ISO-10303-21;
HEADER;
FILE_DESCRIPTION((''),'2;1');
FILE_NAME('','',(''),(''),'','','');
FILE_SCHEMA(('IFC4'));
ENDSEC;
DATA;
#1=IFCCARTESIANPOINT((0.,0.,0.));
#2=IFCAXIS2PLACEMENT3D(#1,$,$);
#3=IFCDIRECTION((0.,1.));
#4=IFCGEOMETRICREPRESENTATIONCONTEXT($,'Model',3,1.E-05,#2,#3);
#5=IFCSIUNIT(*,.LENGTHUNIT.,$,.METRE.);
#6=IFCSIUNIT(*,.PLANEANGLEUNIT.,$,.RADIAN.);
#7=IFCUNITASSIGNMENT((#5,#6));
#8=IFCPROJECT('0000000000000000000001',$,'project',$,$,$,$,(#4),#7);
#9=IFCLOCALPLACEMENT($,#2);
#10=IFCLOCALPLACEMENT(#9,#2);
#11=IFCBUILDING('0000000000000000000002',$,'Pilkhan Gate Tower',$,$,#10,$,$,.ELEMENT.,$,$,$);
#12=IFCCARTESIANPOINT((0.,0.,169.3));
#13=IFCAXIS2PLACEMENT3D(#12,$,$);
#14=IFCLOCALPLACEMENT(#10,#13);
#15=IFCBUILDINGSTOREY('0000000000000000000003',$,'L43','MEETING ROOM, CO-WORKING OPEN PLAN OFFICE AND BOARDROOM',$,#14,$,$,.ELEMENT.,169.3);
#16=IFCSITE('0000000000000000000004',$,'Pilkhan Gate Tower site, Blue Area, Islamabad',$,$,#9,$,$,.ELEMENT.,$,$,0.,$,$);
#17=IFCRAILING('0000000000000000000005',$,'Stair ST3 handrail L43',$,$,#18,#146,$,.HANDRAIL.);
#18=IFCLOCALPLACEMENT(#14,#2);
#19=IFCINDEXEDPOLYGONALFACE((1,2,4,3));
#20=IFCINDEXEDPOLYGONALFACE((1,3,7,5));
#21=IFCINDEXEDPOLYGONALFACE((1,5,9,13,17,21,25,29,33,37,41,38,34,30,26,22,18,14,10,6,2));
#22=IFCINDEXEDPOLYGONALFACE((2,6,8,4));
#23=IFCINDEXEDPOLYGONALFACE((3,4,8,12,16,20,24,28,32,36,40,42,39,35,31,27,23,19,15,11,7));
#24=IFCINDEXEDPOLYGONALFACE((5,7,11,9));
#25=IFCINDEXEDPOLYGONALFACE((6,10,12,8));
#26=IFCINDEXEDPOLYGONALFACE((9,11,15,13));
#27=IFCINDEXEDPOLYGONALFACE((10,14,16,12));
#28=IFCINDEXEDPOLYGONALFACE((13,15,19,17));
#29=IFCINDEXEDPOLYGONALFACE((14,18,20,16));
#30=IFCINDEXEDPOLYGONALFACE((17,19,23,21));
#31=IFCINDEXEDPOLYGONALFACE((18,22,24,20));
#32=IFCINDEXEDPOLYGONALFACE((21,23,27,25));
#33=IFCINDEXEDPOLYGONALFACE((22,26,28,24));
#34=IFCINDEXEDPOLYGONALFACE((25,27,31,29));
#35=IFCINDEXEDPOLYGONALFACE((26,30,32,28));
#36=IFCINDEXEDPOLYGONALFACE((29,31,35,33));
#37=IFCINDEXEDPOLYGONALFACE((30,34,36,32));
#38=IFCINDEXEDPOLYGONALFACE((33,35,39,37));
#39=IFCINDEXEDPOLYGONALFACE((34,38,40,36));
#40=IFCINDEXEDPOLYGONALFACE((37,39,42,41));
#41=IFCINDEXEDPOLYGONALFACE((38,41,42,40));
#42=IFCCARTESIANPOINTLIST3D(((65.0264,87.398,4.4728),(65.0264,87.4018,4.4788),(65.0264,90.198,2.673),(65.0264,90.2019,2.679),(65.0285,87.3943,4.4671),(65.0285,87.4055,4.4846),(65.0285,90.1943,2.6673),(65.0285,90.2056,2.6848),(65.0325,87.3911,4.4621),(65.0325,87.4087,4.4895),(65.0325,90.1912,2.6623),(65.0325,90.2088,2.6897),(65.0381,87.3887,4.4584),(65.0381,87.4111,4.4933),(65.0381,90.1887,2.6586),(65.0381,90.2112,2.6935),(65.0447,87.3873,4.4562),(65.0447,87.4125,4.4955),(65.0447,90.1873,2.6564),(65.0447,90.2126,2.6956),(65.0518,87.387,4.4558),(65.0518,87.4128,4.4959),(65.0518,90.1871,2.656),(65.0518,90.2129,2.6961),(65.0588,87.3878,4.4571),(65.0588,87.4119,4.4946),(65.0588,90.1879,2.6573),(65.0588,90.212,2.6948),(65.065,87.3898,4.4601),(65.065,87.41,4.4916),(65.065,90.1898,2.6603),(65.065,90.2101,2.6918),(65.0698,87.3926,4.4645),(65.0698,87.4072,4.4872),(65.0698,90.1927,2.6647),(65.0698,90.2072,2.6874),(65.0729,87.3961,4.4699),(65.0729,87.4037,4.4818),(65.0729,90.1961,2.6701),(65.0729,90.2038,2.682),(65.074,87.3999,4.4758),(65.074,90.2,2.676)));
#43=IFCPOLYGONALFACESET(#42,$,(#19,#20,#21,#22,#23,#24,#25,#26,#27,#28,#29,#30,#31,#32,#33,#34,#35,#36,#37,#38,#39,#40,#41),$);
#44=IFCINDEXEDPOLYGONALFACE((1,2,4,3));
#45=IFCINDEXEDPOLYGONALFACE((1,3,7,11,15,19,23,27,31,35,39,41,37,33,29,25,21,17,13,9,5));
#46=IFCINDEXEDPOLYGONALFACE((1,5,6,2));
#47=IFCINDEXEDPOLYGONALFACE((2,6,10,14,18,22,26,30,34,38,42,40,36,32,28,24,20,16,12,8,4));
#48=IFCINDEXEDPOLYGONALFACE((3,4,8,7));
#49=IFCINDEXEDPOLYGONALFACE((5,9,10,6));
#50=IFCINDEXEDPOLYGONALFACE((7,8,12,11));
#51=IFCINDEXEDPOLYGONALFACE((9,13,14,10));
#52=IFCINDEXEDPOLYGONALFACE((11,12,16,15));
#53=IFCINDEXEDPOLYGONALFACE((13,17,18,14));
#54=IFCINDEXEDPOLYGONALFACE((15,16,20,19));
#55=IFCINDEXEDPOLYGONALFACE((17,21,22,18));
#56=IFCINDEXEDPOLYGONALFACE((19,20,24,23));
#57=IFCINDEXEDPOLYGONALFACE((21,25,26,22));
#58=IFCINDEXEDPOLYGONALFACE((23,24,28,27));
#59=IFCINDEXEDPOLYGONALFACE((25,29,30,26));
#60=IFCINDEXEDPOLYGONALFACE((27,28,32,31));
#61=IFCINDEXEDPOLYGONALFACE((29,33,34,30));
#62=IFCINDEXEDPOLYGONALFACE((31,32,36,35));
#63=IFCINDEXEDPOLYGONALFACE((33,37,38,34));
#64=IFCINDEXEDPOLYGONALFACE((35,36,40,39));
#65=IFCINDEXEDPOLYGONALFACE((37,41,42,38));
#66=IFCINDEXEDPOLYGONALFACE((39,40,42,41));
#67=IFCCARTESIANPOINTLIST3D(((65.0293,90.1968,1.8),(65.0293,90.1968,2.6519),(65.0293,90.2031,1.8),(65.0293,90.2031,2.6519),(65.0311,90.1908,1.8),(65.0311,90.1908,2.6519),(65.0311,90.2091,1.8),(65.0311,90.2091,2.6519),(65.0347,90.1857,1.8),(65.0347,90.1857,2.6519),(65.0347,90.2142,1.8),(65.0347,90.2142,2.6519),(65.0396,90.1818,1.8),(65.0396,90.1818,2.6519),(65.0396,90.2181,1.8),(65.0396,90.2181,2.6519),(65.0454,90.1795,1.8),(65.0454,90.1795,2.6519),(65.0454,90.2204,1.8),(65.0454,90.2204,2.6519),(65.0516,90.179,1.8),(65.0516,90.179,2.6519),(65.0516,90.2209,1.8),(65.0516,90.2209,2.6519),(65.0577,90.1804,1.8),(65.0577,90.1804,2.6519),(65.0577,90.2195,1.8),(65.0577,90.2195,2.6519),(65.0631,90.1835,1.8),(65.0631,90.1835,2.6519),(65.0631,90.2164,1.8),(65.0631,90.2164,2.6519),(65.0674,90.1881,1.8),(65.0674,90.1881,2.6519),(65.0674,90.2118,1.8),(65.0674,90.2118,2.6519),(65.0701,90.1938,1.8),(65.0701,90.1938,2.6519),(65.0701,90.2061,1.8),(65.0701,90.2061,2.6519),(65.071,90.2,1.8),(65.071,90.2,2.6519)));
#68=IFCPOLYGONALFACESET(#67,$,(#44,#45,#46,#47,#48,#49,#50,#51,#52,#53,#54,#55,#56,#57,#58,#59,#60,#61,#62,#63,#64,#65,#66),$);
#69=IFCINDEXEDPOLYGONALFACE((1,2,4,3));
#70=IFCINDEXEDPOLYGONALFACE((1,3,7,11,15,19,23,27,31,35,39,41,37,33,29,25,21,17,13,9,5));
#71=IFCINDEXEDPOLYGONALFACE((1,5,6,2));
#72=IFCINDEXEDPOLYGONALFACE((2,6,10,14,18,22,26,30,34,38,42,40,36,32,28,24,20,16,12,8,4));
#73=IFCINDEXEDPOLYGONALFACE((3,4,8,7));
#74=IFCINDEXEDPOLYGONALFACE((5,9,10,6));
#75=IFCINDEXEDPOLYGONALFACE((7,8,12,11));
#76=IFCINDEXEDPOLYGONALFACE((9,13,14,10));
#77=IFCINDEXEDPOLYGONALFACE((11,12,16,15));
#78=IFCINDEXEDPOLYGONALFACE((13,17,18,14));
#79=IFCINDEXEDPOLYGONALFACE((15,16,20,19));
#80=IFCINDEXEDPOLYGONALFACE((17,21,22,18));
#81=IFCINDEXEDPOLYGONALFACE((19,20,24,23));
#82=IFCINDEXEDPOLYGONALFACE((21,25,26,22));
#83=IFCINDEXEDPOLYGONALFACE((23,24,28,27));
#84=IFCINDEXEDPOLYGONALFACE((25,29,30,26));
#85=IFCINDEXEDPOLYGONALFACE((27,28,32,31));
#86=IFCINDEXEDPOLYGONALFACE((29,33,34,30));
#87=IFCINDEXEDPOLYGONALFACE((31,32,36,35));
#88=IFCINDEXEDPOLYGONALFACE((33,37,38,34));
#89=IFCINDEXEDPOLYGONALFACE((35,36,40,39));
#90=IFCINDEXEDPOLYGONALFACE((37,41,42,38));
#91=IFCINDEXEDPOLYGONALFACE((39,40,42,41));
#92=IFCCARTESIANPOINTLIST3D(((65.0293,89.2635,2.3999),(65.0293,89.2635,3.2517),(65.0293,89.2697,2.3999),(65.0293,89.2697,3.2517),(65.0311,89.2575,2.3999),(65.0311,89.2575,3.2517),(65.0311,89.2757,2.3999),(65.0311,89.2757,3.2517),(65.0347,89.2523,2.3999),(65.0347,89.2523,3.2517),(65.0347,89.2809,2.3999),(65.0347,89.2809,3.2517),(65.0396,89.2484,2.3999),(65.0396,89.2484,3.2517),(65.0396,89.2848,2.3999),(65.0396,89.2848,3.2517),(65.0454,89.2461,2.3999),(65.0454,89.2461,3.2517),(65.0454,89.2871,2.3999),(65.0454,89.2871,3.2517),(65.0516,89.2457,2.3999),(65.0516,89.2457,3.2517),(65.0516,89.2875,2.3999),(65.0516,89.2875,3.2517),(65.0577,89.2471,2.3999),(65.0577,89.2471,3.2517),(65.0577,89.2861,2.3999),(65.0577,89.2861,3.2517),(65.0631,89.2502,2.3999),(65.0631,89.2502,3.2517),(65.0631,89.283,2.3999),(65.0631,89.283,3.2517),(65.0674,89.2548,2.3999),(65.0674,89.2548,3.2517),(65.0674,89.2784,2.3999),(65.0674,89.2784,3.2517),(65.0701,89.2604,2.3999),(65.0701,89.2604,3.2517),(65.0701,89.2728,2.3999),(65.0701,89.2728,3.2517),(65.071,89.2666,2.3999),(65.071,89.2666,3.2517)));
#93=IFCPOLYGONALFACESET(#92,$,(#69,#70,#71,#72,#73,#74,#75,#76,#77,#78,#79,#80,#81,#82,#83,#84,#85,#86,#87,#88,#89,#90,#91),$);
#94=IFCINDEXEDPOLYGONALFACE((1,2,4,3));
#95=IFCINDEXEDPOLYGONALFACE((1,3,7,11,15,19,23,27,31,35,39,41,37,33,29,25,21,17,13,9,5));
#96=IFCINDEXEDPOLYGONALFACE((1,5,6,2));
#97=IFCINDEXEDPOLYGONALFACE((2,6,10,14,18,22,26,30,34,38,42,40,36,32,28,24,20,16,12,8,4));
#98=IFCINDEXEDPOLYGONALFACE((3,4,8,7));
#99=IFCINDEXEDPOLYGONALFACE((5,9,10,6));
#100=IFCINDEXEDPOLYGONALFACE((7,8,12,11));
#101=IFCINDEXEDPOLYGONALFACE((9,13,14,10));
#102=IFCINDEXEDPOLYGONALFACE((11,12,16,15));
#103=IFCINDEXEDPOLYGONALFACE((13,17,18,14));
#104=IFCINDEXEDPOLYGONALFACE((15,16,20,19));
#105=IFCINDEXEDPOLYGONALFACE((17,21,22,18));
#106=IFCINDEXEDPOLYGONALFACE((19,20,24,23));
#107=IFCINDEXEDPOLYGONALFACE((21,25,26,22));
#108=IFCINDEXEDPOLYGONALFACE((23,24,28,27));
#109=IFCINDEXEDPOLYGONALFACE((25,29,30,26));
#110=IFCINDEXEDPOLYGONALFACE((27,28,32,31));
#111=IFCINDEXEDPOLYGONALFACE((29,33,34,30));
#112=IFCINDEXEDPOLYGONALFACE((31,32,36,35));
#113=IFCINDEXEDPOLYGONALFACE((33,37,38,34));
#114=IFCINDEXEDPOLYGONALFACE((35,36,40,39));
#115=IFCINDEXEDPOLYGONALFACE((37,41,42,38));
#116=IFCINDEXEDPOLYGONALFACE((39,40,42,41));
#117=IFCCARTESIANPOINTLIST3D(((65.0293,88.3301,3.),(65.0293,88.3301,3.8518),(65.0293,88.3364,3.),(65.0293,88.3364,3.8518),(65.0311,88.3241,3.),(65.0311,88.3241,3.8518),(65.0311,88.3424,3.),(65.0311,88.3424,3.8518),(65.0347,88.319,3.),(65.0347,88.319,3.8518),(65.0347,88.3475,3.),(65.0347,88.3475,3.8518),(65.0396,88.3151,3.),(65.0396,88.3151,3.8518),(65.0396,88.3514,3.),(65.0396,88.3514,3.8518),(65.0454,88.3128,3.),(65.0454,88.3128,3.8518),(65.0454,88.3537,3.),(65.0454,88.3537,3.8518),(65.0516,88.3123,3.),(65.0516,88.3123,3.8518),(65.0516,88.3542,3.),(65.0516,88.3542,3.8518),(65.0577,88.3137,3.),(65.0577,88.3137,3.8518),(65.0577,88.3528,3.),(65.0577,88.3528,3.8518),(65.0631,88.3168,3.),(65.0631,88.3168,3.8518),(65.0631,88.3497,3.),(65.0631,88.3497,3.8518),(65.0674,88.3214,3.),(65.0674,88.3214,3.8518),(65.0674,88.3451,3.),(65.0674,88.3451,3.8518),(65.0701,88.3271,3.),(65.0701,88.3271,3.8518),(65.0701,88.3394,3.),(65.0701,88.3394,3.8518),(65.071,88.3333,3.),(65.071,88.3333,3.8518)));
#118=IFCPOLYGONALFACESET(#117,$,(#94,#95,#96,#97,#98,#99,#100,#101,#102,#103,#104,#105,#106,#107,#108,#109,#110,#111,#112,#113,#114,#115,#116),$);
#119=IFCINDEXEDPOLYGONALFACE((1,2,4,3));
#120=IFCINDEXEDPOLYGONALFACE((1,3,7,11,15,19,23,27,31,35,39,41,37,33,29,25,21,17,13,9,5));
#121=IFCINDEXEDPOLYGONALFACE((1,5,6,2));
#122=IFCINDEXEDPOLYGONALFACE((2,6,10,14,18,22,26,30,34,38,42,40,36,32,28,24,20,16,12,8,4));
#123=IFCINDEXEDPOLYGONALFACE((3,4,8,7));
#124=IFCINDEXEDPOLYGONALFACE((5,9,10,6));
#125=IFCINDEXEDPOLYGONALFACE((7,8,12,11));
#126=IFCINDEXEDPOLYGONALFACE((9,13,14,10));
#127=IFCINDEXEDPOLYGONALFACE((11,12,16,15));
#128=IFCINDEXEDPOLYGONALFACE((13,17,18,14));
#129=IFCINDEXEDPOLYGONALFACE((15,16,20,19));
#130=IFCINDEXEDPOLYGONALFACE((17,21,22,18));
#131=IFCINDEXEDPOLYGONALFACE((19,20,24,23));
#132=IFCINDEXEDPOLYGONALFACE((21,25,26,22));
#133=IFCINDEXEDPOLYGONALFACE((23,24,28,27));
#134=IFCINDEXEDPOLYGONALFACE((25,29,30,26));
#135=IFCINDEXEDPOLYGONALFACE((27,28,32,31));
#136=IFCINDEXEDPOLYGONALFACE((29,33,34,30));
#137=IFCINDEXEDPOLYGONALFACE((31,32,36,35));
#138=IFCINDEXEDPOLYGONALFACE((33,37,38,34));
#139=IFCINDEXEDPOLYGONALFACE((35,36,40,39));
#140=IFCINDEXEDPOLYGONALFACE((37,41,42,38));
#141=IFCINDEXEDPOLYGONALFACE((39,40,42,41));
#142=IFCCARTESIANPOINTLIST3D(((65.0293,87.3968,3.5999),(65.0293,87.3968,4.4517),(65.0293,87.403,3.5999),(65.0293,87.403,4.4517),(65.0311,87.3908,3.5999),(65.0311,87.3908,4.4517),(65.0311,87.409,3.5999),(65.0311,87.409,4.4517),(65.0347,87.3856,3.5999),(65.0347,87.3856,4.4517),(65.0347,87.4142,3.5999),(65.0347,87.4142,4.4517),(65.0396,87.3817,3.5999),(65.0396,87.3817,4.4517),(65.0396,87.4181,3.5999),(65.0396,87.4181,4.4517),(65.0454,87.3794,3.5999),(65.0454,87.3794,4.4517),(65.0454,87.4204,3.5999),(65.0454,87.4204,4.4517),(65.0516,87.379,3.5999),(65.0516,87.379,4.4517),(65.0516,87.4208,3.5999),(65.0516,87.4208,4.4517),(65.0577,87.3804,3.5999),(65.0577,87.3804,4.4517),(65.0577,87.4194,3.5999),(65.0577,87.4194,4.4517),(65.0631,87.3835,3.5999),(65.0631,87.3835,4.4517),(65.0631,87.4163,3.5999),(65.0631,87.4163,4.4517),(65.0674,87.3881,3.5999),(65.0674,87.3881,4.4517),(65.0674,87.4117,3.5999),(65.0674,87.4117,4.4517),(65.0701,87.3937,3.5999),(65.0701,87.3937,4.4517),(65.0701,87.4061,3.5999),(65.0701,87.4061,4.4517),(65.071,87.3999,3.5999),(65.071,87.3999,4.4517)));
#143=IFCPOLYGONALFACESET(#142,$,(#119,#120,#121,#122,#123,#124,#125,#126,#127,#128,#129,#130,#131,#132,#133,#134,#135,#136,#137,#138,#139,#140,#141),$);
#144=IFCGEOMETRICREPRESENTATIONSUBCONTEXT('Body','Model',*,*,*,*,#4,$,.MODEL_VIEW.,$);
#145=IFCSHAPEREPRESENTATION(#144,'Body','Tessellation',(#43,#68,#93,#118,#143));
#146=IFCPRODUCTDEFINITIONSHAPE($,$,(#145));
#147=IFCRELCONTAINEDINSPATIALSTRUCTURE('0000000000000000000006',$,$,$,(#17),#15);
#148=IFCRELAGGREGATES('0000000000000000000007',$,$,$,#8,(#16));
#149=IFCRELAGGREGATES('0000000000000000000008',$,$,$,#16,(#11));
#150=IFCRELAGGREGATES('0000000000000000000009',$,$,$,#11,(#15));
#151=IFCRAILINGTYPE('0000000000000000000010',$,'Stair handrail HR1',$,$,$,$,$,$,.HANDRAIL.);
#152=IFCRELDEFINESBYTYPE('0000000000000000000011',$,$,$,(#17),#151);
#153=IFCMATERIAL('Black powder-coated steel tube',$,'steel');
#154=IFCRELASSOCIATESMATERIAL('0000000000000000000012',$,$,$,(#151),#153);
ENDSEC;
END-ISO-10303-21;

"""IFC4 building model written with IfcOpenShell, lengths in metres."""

from ifc_helpers import new_model, si_unit, direction, frame, origin, origin_2d, place, context, subcontext, project, spatial, circle, extrude, material, type_object, element, save


model = new_model("IFC4")

# Units and contexts
model_context = context("Model", 3, precision=1e-05, world=origin(), true_north=direction((0.0, 1.0)))
body_context = subcontext(model_context, "Body", "Model", "MODEL_VIEW")
ifc_project = project(units=[si_unit("LENGTHUNIT", "METRE"), si_unit("PLANEANGLEUNIT", "RADIAN")], contexts=[model_context])

# Site, building, storey
site_placement = place(None, origin())
site = spatial("IfcSite", under=ifc_project, at=site_placement, Name="Pilkhan Gate Tower site, Blue Area, Islamabad", CompositionType="ELEMENT", RefElevation=0.0)
building_placement = place(site_placement, origin())
building = spatial("IfcBuilding", under=site, at=building_placement, Name="Pilkhan Gate Tower", CompositionType="ELEMENT")
storey_placement = place(building_placement, frame((0.0, 0.0, 169.3)))
storey = spatial("IfcBuildingStorey", under=building, at=storey_placement, Name="L43", Description="MEETING ROOM, CO-WORKING OPEN PLAN OFFICE AND BOARDROOM", CompositionType="ELEMENT", Elevation=169.3)

# Railing
ifc_material_1 = material(Name="Black powder-coated steel tube", Category="steel")
railing_type_1 = type_object("IfcRailingType", Name="Stair handrail HR1", PredefinedType="HANDRAIL", material=ifc_material_1)
railing_1_placement = place(storey_placement, frame((65.05, 90.2, 1.8)))
element("IfcRailing", 1, at=railing_1_placement, inside=storey, type_object=railing_type_1, Name="Stair ST3 handrail L43", PredefinedType="HANDRAIL", context=body_context, shape_type="SweptSolid", body=[
    extrude(circle(Radius=0.0239, at=origin_2d()), frame((0.0, 0.0, 0.876), z_axis=(0.0, -0.841209, 0.540709), x_axis=(1.0, 0.0, 0.0)), (0.0, 0.0, 1.0), 3.3286),
    extrude(circle(Radius=0.021, at=origin_2d()), origin(), (0.0, 0.0, 1.0), 0.8518),
    extrude(circle(Radius=0.021, at=origin_2d()), frame((0.0, -0.9333, 0.5999)), (0.0, 0.0, 1.0), 0.8518),
    extrude(circle(Radius=0.021, at=origin_2d()), frame((0.0, -1.8667, 1.2)), (0.0, 0.0, 1.0), 0.8518),
    extrude(circle(Radius=0.021, at=origin_2d()), frame((0.0, -2.8, 1.7998)), (0.0, 0.0, 1.0), 0.8518),
])

save(model, "model.ifc")
